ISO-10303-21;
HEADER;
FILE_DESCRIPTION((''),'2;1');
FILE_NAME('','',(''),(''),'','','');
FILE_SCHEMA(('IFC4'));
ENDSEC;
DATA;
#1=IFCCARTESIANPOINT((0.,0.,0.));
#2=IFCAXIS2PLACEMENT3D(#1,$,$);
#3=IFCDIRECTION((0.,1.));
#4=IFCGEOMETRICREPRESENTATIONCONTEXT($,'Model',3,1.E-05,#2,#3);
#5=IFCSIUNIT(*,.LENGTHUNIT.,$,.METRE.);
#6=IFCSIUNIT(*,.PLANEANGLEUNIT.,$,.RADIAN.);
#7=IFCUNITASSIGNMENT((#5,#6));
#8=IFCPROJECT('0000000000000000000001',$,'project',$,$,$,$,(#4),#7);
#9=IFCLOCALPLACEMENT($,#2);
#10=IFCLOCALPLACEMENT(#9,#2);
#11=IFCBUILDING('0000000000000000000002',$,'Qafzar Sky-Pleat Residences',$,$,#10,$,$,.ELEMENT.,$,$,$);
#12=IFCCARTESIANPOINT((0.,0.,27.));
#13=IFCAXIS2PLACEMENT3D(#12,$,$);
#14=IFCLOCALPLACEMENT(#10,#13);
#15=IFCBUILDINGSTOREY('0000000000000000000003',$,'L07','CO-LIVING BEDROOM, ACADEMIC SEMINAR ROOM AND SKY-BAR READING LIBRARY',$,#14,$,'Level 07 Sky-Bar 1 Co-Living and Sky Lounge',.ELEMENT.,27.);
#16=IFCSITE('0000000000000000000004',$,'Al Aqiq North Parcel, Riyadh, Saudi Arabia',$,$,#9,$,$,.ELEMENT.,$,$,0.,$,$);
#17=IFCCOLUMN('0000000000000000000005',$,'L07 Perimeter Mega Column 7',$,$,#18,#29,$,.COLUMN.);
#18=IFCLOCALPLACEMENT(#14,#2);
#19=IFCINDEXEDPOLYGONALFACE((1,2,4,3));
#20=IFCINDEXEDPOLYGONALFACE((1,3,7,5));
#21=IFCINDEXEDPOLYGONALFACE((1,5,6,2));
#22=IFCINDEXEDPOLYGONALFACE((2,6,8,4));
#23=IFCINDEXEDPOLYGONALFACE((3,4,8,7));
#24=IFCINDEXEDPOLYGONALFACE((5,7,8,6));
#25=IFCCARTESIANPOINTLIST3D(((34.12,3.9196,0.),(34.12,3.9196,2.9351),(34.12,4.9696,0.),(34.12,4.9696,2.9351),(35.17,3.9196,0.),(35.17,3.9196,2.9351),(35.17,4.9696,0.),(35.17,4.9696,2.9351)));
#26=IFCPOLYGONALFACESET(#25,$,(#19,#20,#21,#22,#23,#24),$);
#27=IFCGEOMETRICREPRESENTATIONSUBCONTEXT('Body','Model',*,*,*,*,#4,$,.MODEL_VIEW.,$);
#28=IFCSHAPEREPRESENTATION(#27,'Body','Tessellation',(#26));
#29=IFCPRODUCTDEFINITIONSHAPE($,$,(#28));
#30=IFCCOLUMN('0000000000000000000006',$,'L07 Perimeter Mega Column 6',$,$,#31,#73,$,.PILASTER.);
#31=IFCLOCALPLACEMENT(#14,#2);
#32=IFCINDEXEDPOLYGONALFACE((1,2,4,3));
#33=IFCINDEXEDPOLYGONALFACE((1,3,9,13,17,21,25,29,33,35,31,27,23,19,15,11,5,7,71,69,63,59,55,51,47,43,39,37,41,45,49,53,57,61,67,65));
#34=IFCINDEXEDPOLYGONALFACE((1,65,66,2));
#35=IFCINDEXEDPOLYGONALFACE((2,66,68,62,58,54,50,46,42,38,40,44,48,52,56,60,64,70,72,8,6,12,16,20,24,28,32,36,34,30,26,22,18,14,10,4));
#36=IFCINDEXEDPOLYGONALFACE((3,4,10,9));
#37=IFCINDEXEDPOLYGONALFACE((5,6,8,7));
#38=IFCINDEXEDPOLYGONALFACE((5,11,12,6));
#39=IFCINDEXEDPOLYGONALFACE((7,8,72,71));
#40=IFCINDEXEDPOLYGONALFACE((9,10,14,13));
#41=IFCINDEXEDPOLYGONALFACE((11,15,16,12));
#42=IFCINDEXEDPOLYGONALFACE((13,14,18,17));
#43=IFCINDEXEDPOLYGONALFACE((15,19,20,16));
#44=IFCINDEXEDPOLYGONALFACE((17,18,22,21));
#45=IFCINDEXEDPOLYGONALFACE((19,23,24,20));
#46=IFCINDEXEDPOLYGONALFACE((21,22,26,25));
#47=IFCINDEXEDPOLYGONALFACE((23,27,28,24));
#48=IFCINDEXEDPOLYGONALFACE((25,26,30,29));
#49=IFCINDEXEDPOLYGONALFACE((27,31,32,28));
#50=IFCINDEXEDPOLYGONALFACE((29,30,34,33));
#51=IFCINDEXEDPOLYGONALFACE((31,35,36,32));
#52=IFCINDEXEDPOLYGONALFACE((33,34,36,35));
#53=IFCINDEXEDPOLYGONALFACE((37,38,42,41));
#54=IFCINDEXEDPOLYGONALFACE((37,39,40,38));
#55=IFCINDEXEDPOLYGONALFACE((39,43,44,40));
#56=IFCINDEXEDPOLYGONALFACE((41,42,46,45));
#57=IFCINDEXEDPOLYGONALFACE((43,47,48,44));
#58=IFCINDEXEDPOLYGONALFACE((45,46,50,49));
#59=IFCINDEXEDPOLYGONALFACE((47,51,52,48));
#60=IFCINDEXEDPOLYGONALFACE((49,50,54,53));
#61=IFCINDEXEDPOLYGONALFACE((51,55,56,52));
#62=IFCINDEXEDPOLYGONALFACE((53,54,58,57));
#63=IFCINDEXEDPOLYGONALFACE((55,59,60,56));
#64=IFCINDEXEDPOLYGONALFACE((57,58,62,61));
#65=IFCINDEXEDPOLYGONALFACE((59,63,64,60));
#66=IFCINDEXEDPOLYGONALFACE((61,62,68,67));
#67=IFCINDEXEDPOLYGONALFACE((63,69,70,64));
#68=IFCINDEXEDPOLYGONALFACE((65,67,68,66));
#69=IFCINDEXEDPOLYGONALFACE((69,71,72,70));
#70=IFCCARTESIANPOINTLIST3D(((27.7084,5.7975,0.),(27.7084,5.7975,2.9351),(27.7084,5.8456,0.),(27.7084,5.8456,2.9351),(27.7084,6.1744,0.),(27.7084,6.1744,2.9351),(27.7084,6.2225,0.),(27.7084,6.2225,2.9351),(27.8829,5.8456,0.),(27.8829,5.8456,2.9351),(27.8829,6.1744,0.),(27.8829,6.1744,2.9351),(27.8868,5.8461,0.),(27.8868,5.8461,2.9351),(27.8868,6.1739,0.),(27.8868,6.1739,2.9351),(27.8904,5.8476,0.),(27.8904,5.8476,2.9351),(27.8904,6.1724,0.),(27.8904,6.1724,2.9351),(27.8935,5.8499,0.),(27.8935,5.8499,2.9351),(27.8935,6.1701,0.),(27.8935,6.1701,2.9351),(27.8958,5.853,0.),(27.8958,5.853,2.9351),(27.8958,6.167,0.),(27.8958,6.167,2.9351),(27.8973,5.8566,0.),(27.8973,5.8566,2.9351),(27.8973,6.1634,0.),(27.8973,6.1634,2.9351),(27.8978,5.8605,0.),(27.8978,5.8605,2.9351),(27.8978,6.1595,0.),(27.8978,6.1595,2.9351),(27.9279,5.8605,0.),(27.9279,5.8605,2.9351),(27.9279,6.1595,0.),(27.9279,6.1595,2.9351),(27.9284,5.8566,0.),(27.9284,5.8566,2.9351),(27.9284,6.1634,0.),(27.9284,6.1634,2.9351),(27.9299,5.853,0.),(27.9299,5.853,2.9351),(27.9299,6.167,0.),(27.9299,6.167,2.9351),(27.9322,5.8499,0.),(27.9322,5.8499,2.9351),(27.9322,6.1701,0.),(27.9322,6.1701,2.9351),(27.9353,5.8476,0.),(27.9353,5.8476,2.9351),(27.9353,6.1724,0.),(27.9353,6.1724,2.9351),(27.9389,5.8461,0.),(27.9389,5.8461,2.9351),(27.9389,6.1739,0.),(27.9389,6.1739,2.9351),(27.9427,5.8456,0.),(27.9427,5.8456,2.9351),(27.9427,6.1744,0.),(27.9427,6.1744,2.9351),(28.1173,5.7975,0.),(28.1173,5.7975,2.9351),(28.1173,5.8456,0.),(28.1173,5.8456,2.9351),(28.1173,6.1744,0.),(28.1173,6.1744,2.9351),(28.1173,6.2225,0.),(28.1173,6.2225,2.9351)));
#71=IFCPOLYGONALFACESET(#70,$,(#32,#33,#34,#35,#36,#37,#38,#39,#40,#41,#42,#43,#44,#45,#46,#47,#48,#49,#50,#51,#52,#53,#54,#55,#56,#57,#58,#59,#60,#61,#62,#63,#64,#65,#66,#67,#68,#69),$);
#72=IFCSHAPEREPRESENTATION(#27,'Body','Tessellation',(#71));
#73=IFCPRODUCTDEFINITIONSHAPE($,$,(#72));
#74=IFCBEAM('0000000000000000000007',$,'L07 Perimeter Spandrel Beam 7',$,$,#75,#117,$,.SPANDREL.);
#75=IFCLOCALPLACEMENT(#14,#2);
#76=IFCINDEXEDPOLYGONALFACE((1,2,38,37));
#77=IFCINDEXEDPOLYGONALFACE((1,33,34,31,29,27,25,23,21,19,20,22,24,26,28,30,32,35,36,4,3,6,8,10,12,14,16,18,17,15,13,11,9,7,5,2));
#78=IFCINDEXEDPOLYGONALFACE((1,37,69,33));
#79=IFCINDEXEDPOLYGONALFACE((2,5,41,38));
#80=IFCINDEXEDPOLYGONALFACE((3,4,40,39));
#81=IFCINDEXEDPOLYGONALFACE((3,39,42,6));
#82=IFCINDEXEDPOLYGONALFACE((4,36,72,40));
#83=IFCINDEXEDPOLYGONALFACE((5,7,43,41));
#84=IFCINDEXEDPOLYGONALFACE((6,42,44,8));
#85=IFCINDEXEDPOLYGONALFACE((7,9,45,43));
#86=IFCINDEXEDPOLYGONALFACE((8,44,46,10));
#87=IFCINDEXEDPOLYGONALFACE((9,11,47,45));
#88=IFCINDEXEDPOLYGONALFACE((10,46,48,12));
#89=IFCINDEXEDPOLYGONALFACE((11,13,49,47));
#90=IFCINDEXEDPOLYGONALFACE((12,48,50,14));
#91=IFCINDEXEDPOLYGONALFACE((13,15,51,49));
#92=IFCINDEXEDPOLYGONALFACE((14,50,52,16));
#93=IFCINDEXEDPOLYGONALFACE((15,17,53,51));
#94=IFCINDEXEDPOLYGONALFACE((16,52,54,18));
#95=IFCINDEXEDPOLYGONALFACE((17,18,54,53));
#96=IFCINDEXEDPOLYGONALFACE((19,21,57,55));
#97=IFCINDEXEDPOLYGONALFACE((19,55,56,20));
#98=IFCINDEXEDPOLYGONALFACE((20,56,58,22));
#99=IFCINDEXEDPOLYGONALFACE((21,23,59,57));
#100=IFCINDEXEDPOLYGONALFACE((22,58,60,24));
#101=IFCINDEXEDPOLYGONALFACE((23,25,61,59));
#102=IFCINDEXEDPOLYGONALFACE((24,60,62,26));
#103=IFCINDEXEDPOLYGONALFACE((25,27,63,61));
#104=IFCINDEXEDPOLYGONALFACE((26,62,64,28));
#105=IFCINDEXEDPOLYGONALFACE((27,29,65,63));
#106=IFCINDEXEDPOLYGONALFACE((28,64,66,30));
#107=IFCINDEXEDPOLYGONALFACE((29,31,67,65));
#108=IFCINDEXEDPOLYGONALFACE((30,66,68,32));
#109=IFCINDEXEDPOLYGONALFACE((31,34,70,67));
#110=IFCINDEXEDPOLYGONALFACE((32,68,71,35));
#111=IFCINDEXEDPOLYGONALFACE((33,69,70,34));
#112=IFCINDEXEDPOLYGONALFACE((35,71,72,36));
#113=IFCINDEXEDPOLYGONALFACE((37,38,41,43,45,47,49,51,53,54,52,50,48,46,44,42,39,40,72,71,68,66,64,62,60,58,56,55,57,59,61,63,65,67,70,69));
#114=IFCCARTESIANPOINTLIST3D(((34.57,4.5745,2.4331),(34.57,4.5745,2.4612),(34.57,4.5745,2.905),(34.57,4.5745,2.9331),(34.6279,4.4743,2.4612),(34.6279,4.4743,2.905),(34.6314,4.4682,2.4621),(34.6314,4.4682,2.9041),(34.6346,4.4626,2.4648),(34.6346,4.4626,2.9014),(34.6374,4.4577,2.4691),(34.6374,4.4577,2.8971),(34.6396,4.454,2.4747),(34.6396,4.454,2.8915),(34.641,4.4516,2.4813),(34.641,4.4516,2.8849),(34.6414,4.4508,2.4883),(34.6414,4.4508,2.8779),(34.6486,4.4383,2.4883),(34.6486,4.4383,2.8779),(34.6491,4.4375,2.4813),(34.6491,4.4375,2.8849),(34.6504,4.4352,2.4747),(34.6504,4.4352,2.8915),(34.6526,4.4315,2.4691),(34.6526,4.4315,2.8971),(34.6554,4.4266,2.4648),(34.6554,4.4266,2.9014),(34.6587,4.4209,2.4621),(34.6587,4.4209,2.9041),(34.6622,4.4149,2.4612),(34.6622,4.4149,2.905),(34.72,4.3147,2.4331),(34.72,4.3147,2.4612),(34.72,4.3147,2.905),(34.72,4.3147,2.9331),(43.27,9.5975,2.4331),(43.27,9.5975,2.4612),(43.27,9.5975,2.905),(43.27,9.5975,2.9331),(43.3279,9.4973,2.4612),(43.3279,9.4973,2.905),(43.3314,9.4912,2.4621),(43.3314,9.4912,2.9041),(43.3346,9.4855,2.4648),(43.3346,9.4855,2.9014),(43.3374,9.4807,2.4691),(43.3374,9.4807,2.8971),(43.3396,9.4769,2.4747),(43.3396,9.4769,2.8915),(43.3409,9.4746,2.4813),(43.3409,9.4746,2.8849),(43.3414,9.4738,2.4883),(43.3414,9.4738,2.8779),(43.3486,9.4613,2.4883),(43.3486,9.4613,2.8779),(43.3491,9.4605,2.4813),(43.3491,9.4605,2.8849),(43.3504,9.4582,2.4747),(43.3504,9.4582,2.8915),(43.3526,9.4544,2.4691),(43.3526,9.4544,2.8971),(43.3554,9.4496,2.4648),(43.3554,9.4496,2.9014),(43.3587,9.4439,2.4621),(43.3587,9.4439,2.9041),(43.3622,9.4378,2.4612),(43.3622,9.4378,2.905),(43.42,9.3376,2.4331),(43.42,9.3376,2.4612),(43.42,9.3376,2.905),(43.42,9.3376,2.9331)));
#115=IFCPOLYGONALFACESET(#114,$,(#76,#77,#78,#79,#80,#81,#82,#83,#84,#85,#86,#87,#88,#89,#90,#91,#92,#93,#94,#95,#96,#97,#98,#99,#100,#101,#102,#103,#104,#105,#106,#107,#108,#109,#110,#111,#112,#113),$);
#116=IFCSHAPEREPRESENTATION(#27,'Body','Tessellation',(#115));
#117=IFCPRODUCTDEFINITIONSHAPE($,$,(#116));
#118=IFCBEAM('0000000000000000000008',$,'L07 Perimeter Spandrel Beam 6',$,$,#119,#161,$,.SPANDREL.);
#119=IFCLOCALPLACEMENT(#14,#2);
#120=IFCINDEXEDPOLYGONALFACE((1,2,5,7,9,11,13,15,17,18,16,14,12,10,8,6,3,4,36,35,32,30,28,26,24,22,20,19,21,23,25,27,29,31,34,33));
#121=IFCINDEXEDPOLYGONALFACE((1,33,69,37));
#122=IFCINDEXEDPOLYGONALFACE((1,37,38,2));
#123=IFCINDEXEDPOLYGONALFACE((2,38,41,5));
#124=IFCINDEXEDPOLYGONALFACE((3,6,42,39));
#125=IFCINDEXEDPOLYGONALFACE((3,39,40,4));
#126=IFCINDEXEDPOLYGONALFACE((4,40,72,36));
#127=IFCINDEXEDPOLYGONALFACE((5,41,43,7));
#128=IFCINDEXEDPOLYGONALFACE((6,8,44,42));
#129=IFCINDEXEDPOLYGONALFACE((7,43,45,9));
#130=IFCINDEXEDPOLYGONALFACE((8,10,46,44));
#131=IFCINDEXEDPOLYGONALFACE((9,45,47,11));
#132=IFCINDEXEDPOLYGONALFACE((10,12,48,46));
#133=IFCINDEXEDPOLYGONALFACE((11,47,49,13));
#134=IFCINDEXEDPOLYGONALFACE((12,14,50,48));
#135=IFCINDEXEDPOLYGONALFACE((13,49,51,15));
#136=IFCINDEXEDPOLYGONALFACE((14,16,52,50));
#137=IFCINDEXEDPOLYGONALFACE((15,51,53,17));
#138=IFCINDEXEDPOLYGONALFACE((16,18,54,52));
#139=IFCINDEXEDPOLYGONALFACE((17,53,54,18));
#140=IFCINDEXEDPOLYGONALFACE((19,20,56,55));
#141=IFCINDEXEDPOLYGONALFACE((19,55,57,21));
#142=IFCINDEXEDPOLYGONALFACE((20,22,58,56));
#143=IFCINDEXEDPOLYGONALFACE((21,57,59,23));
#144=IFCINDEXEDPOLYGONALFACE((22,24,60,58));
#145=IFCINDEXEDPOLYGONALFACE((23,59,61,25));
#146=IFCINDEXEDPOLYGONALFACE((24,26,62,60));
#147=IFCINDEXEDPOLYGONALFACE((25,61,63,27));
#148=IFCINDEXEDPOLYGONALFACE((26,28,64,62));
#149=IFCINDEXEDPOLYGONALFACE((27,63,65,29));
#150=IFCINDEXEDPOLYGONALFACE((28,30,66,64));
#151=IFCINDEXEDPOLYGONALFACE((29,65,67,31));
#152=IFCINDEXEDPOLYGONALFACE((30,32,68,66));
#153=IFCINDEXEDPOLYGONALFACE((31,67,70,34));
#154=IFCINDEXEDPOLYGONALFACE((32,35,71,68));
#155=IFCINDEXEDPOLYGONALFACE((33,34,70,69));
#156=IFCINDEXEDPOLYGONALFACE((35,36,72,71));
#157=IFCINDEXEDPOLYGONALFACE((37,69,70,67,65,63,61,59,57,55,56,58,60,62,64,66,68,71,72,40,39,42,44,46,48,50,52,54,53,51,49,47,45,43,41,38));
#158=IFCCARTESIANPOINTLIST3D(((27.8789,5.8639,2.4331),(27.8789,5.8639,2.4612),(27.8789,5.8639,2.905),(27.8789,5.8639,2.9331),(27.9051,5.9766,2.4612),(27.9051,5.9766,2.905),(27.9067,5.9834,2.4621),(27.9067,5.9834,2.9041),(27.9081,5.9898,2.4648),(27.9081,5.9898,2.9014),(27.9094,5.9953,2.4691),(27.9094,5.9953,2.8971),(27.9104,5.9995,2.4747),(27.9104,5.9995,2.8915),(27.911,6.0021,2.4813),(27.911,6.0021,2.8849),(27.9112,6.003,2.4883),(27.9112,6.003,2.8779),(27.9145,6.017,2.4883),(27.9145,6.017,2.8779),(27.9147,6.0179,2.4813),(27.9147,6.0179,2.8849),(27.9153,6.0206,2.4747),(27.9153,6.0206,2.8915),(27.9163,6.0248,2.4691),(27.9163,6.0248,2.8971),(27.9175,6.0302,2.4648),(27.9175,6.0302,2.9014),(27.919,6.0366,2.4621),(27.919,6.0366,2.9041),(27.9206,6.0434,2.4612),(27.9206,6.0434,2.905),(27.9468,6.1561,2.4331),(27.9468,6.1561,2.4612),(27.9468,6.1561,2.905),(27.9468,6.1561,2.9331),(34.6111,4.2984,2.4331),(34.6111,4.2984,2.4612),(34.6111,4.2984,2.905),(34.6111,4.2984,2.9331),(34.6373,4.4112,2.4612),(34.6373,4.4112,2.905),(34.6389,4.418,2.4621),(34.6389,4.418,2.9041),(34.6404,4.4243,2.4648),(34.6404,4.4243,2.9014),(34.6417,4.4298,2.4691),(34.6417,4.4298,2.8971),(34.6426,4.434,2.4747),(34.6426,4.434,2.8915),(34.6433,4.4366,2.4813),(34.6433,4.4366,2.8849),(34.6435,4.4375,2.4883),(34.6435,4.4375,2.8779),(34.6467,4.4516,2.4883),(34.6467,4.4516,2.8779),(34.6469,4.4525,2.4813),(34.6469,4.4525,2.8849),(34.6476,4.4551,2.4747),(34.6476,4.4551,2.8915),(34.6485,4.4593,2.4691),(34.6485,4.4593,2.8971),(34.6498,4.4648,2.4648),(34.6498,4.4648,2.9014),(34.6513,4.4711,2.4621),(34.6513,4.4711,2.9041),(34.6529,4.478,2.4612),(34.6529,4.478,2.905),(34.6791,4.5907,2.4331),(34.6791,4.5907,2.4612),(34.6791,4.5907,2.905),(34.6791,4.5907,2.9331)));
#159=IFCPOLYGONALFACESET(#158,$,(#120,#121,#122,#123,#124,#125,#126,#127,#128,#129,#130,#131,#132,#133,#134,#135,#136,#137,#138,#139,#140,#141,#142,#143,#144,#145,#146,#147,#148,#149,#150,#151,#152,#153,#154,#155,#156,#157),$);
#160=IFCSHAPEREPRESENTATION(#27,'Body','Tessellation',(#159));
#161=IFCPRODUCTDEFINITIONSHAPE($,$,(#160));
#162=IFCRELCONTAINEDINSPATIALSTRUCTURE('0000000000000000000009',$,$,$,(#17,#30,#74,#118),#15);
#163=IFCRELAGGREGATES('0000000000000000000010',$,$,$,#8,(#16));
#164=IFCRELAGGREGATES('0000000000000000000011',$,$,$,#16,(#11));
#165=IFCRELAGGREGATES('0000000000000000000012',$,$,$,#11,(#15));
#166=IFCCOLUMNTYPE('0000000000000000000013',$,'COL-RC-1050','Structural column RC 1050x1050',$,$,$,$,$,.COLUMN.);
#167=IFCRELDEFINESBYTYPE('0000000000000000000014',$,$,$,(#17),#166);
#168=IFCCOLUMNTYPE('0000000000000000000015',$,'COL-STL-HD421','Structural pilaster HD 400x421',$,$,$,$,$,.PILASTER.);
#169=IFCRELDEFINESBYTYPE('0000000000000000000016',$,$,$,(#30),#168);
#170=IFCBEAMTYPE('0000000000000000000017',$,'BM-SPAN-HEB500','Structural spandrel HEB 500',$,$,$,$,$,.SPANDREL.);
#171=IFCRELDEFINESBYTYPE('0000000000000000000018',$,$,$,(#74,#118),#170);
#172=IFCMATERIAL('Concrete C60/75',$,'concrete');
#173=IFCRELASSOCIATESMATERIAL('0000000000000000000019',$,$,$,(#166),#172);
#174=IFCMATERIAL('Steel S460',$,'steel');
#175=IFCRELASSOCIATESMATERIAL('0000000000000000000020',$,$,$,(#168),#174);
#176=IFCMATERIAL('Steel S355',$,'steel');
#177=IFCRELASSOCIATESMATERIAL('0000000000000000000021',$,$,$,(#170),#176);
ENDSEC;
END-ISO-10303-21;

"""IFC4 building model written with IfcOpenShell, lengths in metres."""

from ifc_helpers import new_model, si_unit, direction, frame, origin, origin_2d, place, context, subcontext, project, spatial, rectangle, i_section, extrude, source, transform, mapped, material, material_profile, profile_set, type_object, element, save


model = new_model("IFC4")

# Units and contexts
model_context = context("Model", 3, precision=1e-05, world=origin(), true_north=direction((0.0, 1.0)))
body_context = subcontext(model_context, "Body", "Model", "MODEL_VIEW")
ifc_project = project(units=[si_unit("LENGTHUNIT", "METRE"), si_unit("PLANEANGLEUNIT", "RADIAN")], contexts=[model_context])

# Site, building, storey
site_placement = place(None, origin())
site = spatial("IfcSite", under=ifc_project, at=site_placement, Name="Al Aqiq North Parcel, Riyadh, Saudi Arabia", CompositionType="ELEMENT", RefElevation=0.0)
building_placement = place(site_placement, origin())
building = spatial("IfcBuilding", under=site, at=building_placement, Name="Qafzar Sky-Pleat Residences", CompositionType="ELEMENT")
storey_placement = place(building_placement, frame((0.0, 0.0, 27.0)))
storey = spatial("IfcBuildingStorey", under=building, at=storey_placement, Name="L07", Description="CO-LIVING BEDROOM, ACADEMIC SEMINAR ROOM AND SKY-BAR READING LIBRARY", LongName="Level 07 Sky-Bar 1 Co-Living and Sky Lounge", CompositionType="ELEMENT", Elevation=27.0)

# Columns
ifc_material_1 = material(Name="Concrete C60/75", Category="concrete")
ifc_material_profile_1 = material_profile(ifc_material_1, rectangle(XDim=1.05, YDim=1.05, at=origin_2d()), Name="RC 1050x1050")
ifc_profile_set_1 = profile_set([ifc_material_profile_1], Name="Concrete C60/75")
column_type_1 = type_object("IfcColumnType", Name="COL-RC-1050", Description="Structural column RC 1050x1050", PredefinedType="COLUMN", material=ifc_profile_set_1)
shared_shape_1 = source(origin(), body_context, "Body", "SweptSolid", [
    extrude(rectangle(XDim=1.05, YDim=1.05, at=origin_2d()), origin(), (0.0, 0.0, 1.0), 2.9351),
])
column_1_placement = place(storey_placement, frame((34.645, 4.4446, 0.0), z_axis=(0.0, 0.0, 1.0), x_axis=(1.0, 0.0, 0.0)))
element("IfcColumn", 1, at=column_1_placement, inside=storey, type_object=column_type_1, Name="L07 Perimeter Mega Column 7", PredefinedType="COLUMN", context=body_context, shape_type="MappedRepresentation", body=[
    mapped(shared_shape_1, transform((0.0, 0.0, 0.0), x_axis=(1.0, 0.0, 0.0), y_axis=(0.0, 1.0, 0.0), z_axis=(0.0, 0.0, 1.0), scale=1.0)),
])
ifc_material_2 = material(Name="Steel S460", Category="steel")
ifc_material_profile_2 = material_profile(ifc_material_2, i_section(OverallWidth=0.4089, OverallDepth=0.425, WebThickness=0.03, FlangeThickness=0.0481, FilletRadius=0.0149, at=origin_2d()), Name="HD 400x421")
ifc_profile_set_2 = profile_set([ifc_material_profile_2], Name="Steel S460")
column_type_2 = type_object("IfcColumnType", Name="COL-STL-HD421", Description="Structural pilaster HD 400x421", PredefinedType="PILASTER", material=ifc_profile_set_2)
shared_shape_2 = source(origin(), body_context, "Body", "SweptSolid", [
    extrude(i_section(OverallWidth=0.4089, OverallDepth=0.425, WebThickness=0.03, FlangeThickness=0.0481, FilletRadius=0.0149, at=origin_2d()), origin(), (0.0, 0.0, 1.0), 2.9351),
])
column_2_placement = place(storey_placement, frame((27.9128, 6.01, 0.0), z_axis=(0.0, 0.0, 1.0), x_axis=(1.0, 0.0, 0.0)))
element("IfcColumn", 2, at=column_2_placement, inside=storey, type_object=column_type_2, Name="L07 Perimeter Mega Column 6", PredefinedType="PILASTER", context=body_context, shape_type="MappedRepresentation", body=[
    mapped(shared_shape_2, transform((0.0, 0.0, 0.0), x_axis=(1.0, 0.0, 0.0), y_axis=(0.0, 1.0, 0.0), z_axis=(0.0, 0.0, 1.0), scale=1.0)),
])

# Beams
ifc_material_3 = material(Name="Steel S355", Category="steel")
ifc_material_profile_3 = material_profile(ifc_material_3, i_section(OverallWidth=0.3, OverallDepth=0.5, WebThickness=0.0144, FlangeThickness=0.0281, FilletRadius=0.0271, at=origin_2d()), Name="HEB 500")
ifc_profile_set_3 = profile_set([ifc_material_profile_3], Name="Steel S355")
beam_type_1 = type_object("IfcBeamType", Name="BM-SPAN-HEB500", Description="Structural spandrel HEB 500", PredefinedType="SPANDREL", material=ifc_profile_set_3)
shared_shape_3 = source(origin(), body_context, "Body", "SweptSolid", [
    extrude(i_section(OverallWidth=0.3, OverallDepth=0.5, WebThickness=0.0144, FlangeThickness=0.0281, FilletRadius=0.0271, at=origin_2d()), origin(), (0.0, 0.0, 1.0), 10.0459),
])
beam_1_placement = place(storey_placement, frame((34.645, 4.4446, 2.6831), z_axis=(0.866024, 0.500002, 0.0), x_axis=(-0.500002, 0.866024, 0.0)))
element("IfcBeam", 3, at=beam_1_placement, inside=storey, type_object=beam_type_1, Name="L07 Perimeter Spandrel Beam 7", PredefinedType="SPANDREL", context=body_context, shape_type="MappedRepresentation", body=[
    mapped(shared_shape_3, transform((0.0, 0.0, 0.0), x_axis=(1.0, 0.0, 0.0), y_axis=(0.0, 1.0, 0.0), z_axis=(0.0, 0.0, 1.0), scale=1.0)),
])
shared_shape_4 = source(origin(), body_context, "Body", "SweptSolid", [
    extrude(i_section(OverallWidth=0.3, OverallDepth=0.5, WebThickness=0.0144, FlangeThickness=0.0281, FilletRadius=0.0271, at=origin_2d()), origin(), (0.0, 0.0, 1.0), 6.9119),
])
beam_2_placement = place(storey_placement, frame((27.9128, 6.01, 2.6831), z_axis=(0.974014, -0.226487, 0.0), x_axis=(0.226487, 0.974014, 0.0)))
element("IfcBeam", 4, at=beam_2_placement, inside=storey, type_object=beam_type_1, Name="L07 Perimeter Spandrel Beam 6", PredefinedType="SPANDREL", context=body_context, shape_type="MappedRepresentation", body=[
    mapped(shared_shape_4, transform((0.0, 0.0, 0.0), x_axis=(1.0, 0.0, 0.0), y_axis=(0.0, 1.0, 0.0), z_axis=(0.0, 0.0, 1.0), scale=1.0)),
])

save(model, "model.ifc")
